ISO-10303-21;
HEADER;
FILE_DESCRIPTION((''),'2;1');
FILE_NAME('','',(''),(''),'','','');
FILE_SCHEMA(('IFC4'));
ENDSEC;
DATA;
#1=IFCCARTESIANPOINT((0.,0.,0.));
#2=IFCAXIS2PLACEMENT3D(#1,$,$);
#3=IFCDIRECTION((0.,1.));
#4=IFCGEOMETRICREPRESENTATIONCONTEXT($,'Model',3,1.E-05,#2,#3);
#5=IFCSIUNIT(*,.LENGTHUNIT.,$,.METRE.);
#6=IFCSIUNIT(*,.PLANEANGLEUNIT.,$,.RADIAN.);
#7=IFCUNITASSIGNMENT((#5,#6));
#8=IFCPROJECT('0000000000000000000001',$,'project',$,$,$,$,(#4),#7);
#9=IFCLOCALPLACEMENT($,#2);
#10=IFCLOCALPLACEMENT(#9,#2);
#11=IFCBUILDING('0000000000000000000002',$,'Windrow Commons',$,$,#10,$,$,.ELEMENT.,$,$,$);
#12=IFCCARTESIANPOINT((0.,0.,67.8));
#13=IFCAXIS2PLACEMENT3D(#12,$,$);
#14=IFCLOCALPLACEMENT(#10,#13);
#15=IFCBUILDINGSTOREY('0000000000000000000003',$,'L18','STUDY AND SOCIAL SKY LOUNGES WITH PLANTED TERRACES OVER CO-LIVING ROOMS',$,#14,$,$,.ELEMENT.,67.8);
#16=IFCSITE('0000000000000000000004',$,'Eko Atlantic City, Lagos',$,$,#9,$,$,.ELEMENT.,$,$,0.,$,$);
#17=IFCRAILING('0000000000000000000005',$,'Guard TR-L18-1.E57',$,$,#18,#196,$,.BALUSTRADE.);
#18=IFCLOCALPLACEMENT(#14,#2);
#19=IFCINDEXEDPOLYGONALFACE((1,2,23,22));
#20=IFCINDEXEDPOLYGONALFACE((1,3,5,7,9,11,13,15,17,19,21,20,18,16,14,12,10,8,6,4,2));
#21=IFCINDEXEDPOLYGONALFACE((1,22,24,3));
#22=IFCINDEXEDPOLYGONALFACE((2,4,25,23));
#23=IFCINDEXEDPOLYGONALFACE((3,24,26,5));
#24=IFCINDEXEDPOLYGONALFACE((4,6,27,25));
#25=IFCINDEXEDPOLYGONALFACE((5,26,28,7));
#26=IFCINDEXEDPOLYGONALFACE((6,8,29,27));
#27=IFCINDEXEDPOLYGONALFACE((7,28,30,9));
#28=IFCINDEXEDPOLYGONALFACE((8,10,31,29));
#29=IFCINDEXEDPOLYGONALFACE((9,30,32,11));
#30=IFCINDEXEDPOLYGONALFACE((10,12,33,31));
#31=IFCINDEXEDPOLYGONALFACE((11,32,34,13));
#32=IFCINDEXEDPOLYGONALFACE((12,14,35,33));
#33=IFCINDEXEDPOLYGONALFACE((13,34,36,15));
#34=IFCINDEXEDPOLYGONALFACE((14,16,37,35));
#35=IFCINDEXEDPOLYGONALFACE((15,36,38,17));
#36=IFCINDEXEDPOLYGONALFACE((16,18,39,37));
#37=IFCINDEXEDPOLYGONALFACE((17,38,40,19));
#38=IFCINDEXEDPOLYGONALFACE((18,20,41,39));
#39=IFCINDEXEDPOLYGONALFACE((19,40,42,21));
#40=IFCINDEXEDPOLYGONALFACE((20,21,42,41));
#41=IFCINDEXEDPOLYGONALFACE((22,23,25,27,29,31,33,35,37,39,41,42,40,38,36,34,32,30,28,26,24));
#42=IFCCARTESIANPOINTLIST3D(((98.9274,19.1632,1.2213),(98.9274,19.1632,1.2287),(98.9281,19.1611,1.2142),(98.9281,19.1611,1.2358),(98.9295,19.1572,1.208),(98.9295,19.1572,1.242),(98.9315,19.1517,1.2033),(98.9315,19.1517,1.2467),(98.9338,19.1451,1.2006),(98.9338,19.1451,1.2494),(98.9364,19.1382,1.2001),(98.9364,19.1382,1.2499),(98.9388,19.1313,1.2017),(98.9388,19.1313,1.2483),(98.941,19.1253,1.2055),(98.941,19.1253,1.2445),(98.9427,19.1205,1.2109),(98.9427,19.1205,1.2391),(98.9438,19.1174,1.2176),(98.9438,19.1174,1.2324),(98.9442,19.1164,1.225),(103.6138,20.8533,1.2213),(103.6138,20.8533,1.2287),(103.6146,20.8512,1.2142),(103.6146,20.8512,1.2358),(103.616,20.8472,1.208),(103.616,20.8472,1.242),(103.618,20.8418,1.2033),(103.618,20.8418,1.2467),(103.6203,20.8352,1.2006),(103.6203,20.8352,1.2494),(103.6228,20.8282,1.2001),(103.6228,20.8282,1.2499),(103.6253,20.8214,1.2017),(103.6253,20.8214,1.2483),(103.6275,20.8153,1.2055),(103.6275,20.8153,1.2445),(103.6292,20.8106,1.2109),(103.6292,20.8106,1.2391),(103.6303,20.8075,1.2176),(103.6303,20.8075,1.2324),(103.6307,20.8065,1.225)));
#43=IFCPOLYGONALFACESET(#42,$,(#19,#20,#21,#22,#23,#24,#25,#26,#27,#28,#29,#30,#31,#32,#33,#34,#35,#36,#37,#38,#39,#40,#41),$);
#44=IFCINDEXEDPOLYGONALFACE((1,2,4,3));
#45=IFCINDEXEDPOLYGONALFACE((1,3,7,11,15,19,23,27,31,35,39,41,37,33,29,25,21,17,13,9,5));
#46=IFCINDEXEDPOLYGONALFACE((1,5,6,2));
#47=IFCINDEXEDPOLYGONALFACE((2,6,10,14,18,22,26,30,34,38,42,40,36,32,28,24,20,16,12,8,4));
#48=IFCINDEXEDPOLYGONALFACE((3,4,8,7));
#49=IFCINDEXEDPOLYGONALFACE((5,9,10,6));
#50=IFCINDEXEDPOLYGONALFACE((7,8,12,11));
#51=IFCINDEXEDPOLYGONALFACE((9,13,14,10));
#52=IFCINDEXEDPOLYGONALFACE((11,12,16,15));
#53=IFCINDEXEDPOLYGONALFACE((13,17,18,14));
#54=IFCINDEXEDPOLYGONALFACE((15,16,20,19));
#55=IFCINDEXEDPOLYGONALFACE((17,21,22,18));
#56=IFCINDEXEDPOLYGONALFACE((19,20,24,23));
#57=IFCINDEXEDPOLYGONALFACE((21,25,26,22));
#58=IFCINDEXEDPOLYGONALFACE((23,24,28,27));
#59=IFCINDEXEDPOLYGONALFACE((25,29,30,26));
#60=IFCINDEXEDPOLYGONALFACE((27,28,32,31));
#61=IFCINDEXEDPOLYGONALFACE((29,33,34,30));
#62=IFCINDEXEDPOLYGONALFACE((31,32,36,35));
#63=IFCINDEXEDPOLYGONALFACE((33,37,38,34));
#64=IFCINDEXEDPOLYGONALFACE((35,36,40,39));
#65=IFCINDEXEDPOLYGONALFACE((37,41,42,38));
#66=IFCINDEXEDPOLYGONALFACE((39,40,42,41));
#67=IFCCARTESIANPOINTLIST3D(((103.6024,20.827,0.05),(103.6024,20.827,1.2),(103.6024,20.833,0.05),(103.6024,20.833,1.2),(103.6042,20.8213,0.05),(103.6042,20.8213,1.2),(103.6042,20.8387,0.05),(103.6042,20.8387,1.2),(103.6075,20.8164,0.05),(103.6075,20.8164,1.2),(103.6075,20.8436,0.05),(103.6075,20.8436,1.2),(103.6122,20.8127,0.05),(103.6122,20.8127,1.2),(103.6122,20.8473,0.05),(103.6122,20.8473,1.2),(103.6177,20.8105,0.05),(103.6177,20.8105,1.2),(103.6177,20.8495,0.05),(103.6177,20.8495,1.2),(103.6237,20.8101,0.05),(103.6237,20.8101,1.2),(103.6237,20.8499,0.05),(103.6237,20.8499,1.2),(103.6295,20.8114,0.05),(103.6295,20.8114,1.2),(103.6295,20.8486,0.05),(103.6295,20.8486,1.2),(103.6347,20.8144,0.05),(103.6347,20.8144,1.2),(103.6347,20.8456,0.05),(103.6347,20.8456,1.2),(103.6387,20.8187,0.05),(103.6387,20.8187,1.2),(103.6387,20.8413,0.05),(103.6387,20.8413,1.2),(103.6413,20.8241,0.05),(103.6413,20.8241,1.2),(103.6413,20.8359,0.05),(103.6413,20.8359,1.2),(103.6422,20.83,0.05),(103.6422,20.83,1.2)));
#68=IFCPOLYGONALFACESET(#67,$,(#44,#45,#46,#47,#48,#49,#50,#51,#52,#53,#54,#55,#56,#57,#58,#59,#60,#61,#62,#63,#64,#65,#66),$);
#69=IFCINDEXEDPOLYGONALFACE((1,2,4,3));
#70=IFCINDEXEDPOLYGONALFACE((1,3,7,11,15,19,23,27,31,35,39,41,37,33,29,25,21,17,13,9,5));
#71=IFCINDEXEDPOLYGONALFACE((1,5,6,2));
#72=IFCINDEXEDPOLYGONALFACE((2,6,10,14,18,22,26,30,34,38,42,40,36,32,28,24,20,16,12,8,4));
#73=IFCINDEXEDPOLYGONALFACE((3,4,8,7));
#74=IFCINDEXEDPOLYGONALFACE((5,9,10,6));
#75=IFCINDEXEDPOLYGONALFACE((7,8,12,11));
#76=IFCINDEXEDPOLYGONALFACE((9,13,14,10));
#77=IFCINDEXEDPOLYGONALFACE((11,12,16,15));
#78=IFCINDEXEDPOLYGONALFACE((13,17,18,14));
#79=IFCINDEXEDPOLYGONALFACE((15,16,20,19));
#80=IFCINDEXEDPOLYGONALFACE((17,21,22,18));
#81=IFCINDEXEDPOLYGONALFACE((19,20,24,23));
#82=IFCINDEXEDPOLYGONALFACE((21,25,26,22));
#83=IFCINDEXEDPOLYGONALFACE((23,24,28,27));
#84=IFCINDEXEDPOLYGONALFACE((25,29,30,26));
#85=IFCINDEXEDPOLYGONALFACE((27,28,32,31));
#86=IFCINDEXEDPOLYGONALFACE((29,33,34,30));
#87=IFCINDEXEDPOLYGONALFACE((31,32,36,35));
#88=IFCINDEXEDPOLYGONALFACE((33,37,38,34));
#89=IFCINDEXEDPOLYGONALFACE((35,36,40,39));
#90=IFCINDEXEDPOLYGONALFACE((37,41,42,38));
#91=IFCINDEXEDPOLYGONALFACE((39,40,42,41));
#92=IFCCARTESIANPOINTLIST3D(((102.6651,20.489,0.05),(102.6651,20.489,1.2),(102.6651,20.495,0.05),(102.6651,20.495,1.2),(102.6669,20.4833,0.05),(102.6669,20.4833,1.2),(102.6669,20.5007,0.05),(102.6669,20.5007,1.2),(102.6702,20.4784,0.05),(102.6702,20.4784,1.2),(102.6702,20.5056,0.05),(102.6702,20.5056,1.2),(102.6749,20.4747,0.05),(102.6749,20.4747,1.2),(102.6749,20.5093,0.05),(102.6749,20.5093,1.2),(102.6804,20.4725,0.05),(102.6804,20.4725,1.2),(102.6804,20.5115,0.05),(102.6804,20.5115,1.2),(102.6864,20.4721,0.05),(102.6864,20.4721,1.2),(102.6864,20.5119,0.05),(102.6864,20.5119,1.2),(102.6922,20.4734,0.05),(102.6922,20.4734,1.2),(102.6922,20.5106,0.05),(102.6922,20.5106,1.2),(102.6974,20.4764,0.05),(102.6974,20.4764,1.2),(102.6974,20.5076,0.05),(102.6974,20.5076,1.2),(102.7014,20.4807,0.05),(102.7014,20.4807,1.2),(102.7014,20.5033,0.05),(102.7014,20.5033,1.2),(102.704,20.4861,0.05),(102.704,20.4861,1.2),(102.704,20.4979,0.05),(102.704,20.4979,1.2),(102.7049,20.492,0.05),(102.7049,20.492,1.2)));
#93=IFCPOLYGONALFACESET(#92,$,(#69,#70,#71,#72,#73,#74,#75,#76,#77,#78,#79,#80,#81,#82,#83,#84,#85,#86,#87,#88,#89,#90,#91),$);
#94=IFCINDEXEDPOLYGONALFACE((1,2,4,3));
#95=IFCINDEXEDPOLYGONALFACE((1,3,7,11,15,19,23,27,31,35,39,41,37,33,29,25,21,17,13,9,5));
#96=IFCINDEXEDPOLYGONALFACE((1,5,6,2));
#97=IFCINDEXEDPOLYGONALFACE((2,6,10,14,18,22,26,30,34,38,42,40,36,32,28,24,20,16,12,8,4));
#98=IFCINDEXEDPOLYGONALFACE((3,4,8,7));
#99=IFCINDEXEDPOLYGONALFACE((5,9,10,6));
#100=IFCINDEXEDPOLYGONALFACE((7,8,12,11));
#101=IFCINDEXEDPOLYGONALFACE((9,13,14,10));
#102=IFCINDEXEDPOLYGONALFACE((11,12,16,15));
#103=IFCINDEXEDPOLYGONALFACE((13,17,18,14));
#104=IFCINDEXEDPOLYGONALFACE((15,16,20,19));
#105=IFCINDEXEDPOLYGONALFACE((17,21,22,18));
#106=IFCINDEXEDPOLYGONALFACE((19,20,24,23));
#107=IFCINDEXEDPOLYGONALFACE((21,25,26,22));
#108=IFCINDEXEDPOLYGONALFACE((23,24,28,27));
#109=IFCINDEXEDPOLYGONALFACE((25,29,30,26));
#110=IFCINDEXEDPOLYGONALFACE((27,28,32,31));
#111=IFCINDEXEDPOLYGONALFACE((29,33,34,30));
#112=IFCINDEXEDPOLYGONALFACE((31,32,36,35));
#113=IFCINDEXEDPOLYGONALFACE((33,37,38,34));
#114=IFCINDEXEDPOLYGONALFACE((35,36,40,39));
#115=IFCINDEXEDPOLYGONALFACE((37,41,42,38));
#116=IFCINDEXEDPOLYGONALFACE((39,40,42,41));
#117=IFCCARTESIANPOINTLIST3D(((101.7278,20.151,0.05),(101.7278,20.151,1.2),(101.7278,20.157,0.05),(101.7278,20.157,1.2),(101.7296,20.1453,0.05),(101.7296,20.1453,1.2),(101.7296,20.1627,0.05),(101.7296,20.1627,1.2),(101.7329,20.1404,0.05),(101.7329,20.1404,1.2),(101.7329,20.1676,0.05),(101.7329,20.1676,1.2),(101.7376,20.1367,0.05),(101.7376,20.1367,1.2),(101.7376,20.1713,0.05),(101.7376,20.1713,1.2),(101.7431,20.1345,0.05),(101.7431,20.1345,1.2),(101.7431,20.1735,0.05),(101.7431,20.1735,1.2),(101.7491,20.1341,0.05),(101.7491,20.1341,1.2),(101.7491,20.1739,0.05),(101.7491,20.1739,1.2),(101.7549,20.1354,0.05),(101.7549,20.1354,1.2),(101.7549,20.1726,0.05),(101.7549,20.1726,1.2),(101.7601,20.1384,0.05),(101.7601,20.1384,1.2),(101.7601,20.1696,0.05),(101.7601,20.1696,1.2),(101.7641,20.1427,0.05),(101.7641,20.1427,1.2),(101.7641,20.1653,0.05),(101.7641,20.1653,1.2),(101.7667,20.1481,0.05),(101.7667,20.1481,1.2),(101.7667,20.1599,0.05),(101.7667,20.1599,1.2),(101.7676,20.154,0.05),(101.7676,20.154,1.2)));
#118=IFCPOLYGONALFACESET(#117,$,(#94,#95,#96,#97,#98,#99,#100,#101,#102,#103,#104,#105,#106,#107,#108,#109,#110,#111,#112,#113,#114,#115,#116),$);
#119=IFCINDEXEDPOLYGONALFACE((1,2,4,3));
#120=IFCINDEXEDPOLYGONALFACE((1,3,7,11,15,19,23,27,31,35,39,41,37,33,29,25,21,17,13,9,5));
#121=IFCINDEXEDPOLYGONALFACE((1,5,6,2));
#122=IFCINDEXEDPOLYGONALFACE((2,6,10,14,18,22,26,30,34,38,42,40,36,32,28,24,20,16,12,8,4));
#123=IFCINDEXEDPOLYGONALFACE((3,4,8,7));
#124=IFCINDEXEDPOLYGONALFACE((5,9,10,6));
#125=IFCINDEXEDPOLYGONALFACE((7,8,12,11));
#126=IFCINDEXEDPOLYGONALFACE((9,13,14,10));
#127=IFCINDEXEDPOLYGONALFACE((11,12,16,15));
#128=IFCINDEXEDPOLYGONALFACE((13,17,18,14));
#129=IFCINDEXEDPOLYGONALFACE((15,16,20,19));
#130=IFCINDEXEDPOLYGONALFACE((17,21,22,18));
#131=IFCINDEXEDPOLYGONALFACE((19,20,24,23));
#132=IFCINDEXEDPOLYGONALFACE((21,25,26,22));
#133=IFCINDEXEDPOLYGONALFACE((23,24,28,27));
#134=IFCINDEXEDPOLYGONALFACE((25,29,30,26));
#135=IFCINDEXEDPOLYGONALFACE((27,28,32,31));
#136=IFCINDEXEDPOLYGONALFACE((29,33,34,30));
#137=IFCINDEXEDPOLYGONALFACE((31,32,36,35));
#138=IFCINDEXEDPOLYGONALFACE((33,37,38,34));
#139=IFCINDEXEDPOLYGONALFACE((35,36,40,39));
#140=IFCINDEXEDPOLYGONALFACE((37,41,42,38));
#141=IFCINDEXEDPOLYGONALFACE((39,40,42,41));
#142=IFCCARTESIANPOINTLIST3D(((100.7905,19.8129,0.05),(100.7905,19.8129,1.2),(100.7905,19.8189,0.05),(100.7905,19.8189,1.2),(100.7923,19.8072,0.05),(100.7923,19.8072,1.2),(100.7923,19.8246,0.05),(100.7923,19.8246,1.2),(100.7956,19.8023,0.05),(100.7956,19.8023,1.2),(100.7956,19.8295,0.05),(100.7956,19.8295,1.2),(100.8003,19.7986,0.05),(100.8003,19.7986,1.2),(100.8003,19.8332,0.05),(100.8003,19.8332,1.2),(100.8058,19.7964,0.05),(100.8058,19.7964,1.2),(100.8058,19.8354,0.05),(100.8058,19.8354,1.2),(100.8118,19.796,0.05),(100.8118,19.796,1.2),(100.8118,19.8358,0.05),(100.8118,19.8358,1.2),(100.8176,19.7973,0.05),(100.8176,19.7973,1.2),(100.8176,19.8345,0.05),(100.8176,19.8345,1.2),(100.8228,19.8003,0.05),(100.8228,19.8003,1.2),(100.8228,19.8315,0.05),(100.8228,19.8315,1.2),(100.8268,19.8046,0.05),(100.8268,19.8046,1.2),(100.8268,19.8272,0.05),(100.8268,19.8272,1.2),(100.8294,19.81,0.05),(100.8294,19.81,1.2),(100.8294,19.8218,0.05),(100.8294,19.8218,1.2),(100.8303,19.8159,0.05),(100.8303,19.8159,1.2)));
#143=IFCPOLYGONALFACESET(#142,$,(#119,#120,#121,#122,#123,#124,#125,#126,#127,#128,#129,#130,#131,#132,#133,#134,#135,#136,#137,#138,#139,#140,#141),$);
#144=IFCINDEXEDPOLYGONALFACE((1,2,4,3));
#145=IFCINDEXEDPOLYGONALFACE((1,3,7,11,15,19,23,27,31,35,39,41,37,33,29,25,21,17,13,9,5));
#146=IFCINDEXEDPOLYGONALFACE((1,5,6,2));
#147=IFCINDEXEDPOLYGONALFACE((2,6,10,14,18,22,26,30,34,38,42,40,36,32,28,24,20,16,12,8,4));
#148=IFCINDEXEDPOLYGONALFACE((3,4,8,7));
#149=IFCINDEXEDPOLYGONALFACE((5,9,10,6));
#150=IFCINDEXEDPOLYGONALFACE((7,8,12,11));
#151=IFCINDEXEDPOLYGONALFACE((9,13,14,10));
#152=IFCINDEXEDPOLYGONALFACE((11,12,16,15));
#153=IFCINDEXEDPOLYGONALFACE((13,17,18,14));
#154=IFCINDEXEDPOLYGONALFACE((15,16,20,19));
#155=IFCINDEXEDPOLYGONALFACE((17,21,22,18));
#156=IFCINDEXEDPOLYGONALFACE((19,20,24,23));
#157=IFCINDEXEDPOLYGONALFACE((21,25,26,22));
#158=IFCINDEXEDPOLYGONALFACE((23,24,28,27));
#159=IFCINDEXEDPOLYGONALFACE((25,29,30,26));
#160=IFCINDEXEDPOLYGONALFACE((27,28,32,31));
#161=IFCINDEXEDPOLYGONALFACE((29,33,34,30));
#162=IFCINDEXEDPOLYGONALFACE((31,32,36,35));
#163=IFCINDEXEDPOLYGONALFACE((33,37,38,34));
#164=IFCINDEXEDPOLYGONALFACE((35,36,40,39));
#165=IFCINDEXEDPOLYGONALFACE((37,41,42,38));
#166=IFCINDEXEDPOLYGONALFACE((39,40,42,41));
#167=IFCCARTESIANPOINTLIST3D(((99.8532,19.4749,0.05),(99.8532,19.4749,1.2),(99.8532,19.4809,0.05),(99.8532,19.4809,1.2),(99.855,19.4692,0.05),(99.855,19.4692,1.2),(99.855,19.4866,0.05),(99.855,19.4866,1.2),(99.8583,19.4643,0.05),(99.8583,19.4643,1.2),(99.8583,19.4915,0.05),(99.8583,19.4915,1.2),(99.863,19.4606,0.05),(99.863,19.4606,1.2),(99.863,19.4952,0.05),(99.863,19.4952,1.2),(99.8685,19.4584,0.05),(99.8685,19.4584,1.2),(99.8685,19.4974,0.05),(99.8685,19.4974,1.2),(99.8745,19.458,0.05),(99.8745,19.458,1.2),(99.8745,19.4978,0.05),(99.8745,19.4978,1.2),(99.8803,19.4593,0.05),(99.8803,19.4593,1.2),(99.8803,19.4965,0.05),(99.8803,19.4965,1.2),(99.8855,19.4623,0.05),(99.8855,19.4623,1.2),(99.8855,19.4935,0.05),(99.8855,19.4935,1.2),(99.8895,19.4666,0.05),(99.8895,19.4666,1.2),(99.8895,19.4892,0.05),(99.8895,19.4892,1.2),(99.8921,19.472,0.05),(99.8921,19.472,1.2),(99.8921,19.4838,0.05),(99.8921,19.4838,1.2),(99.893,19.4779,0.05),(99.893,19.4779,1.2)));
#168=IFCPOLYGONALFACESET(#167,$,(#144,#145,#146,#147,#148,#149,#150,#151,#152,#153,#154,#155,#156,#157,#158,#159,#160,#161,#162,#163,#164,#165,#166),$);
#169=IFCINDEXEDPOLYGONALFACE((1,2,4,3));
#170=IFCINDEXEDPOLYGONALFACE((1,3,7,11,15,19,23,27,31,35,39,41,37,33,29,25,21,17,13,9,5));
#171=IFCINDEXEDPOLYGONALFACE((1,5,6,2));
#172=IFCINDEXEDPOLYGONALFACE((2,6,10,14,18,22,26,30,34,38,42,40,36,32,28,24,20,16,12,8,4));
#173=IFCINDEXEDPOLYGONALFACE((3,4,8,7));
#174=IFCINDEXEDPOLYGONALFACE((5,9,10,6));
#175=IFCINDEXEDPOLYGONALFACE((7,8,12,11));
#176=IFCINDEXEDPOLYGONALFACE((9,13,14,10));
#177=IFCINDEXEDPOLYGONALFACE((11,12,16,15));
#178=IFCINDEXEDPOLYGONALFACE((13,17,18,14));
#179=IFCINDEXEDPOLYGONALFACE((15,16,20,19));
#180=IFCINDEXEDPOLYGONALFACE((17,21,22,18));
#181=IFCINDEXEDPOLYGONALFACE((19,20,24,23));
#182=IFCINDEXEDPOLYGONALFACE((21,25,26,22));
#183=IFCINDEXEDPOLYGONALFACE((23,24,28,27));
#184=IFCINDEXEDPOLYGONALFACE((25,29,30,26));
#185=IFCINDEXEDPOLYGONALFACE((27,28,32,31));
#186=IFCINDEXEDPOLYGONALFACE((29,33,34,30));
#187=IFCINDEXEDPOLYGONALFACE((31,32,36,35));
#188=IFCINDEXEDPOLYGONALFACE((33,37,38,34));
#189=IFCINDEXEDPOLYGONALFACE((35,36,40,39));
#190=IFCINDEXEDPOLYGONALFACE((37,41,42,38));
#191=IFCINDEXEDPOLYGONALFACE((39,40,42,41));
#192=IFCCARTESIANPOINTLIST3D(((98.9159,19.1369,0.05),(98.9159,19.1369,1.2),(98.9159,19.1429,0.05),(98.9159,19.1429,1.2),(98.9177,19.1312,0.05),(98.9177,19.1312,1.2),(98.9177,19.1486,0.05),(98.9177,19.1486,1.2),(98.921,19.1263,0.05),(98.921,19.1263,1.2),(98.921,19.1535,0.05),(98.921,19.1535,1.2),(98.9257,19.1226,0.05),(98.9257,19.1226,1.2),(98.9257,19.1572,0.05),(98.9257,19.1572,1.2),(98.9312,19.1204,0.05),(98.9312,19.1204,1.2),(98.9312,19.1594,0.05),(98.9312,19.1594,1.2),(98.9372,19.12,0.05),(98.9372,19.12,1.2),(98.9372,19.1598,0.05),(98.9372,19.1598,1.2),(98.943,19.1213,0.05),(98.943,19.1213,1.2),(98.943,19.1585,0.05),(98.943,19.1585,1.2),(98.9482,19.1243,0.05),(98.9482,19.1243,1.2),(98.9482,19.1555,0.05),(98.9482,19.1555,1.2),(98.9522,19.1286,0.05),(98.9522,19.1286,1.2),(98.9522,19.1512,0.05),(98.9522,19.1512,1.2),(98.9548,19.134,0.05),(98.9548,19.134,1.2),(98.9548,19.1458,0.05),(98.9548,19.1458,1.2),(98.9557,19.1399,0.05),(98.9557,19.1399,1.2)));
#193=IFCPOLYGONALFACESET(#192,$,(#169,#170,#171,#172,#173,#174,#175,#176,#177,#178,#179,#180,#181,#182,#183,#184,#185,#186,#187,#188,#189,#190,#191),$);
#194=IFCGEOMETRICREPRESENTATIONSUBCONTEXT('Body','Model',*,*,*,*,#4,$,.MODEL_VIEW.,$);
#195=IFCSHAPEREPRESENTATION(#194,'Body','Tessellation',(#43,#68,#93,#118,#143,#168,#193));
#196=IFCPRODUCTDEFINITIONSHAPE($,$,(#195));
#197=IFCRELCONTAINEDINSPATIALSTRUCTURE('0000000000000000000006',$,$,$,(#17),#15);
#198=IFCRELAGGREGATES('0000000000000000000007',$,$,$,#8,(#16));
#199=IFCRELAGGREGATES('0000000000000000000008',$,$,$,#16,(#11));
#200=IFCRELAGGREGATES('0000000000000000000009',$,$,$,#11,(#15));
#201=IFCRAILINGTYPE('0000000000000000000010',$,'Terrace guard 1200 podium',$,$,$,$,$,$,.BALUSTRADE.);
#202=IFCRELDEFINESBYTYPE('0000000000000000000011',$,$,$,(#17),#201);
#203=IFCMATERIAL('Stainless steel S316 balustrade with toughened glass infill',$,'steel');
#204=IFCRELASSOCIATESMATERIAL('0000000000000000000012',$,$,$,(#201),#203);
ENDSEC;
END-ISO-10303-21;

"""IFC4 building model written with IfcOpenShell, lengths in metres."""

from ifc_helpers import new_model, si_unit, direction, frame, origin, origin_2d, place, context, subcontext, project, spatial, circle, extrude, material, type_object, element, save


model = new_model("IFC4")

# Units and contexts
model_context = context("Model", 3, precision=1e-05, world=origin(), true_north=direction((0.0, 1.0)))
body_context = subcontext(model_context, "Body", "Model", "MODEL_VIEW")
ifc_project = project(units=[si_unit("LENGTHUNIT", "METRE"), si_unit("PLANEANGLEUNIT", "RADIAN")], contexts=[model_context])

# Site, building, storey
site_placement = place(None, origin())
site = spatial("IfcSite", under=ifc_project, at=site_placement, Name="Eko Atlantic City, Lagos", CompositionType="ELEMENT", RefElevation=0.0)
building_placement = place(site_placement, origin())
building = spatial("IfcBuilding", under=site, at=building_placement, Name="Windrow Commons", CompositionType="ELEMENT")
storey_placement = place(building_placement, frame((0.0, 0.0, 67.8)))
storey = spatial("IfcBuildingStorey", under=building, at=storey_placement, Name="L18", Description="STUDY AND SOCIAL SKY LOUNGES WITH PLANTED TERRACES OVER CO-LIVING ROOMS", CompositionType="ELEMENT", Elevation=67.8)

# Railing
ifc_material_1 = material(Name="Stainless steel S316 balustrade with toughened glass infill", Category="steel")
railing_type = type_object("IfcRailingType", Name="Terrace guard 1200 podium", PredefinedType="BALUSTRADE", material=ifc_material_1)
railing_1_placement = place(storey_placement, frame((103.6222, 20.83, 0.05)))
element("IfcRailing", 1, at=railing_1_placement, inside=storey, type_object=railing_type, Name="Guard TR-L18-1.E57", PredefinedType="BALUSTRADE", context=body_context, shape_type="SweptSolid", body=[
    extrude(circle(Radius=0.025, at=origin_2d()), frame((0.0, 0.0, 1.175), z_axis=(-0.940698, -0.339245, 0.0), x_axis=(0.339245, -0.940698, 0.0)), (0.0, 0.0, 1.0), 4.9819),
    extrude(circle(Radius=0.02, at=origin_2d()), origin(), (0.0, 0.0, 1.0), 1.15),
    extrude(circle(Radius=0.02, at=origin_2d()), frame((-0.9373, -0.338, 0.0)), (0.0, 0.0, 1.0), 1.15),
    extrude(circle(Radius=0.02, at=origin_2d()), frame((-1.8746, -0.676, 0.0)), (0.0, 0.0, 1.0), 1.15),
    extrude(circle(Radius=0.02, at=origin_2d()), frame((-2.8119, -1.0141, 0.0)), (0.0, 0.0, 1.0), 1.15),
    extrude(circle(Radius=0.02, at=origin_2d()), frame((-3.7492, -1.3521, 0.0)), (0.0, 0.0, 1.0), 1.15),
    extrude(circle(Radius=0.02, at=origin_2d()), frame((-4.6865, -1.6901, 0.0)), (0.0, 0.0, 1.0), 1.15),
])

save(model, "model.ifc")
